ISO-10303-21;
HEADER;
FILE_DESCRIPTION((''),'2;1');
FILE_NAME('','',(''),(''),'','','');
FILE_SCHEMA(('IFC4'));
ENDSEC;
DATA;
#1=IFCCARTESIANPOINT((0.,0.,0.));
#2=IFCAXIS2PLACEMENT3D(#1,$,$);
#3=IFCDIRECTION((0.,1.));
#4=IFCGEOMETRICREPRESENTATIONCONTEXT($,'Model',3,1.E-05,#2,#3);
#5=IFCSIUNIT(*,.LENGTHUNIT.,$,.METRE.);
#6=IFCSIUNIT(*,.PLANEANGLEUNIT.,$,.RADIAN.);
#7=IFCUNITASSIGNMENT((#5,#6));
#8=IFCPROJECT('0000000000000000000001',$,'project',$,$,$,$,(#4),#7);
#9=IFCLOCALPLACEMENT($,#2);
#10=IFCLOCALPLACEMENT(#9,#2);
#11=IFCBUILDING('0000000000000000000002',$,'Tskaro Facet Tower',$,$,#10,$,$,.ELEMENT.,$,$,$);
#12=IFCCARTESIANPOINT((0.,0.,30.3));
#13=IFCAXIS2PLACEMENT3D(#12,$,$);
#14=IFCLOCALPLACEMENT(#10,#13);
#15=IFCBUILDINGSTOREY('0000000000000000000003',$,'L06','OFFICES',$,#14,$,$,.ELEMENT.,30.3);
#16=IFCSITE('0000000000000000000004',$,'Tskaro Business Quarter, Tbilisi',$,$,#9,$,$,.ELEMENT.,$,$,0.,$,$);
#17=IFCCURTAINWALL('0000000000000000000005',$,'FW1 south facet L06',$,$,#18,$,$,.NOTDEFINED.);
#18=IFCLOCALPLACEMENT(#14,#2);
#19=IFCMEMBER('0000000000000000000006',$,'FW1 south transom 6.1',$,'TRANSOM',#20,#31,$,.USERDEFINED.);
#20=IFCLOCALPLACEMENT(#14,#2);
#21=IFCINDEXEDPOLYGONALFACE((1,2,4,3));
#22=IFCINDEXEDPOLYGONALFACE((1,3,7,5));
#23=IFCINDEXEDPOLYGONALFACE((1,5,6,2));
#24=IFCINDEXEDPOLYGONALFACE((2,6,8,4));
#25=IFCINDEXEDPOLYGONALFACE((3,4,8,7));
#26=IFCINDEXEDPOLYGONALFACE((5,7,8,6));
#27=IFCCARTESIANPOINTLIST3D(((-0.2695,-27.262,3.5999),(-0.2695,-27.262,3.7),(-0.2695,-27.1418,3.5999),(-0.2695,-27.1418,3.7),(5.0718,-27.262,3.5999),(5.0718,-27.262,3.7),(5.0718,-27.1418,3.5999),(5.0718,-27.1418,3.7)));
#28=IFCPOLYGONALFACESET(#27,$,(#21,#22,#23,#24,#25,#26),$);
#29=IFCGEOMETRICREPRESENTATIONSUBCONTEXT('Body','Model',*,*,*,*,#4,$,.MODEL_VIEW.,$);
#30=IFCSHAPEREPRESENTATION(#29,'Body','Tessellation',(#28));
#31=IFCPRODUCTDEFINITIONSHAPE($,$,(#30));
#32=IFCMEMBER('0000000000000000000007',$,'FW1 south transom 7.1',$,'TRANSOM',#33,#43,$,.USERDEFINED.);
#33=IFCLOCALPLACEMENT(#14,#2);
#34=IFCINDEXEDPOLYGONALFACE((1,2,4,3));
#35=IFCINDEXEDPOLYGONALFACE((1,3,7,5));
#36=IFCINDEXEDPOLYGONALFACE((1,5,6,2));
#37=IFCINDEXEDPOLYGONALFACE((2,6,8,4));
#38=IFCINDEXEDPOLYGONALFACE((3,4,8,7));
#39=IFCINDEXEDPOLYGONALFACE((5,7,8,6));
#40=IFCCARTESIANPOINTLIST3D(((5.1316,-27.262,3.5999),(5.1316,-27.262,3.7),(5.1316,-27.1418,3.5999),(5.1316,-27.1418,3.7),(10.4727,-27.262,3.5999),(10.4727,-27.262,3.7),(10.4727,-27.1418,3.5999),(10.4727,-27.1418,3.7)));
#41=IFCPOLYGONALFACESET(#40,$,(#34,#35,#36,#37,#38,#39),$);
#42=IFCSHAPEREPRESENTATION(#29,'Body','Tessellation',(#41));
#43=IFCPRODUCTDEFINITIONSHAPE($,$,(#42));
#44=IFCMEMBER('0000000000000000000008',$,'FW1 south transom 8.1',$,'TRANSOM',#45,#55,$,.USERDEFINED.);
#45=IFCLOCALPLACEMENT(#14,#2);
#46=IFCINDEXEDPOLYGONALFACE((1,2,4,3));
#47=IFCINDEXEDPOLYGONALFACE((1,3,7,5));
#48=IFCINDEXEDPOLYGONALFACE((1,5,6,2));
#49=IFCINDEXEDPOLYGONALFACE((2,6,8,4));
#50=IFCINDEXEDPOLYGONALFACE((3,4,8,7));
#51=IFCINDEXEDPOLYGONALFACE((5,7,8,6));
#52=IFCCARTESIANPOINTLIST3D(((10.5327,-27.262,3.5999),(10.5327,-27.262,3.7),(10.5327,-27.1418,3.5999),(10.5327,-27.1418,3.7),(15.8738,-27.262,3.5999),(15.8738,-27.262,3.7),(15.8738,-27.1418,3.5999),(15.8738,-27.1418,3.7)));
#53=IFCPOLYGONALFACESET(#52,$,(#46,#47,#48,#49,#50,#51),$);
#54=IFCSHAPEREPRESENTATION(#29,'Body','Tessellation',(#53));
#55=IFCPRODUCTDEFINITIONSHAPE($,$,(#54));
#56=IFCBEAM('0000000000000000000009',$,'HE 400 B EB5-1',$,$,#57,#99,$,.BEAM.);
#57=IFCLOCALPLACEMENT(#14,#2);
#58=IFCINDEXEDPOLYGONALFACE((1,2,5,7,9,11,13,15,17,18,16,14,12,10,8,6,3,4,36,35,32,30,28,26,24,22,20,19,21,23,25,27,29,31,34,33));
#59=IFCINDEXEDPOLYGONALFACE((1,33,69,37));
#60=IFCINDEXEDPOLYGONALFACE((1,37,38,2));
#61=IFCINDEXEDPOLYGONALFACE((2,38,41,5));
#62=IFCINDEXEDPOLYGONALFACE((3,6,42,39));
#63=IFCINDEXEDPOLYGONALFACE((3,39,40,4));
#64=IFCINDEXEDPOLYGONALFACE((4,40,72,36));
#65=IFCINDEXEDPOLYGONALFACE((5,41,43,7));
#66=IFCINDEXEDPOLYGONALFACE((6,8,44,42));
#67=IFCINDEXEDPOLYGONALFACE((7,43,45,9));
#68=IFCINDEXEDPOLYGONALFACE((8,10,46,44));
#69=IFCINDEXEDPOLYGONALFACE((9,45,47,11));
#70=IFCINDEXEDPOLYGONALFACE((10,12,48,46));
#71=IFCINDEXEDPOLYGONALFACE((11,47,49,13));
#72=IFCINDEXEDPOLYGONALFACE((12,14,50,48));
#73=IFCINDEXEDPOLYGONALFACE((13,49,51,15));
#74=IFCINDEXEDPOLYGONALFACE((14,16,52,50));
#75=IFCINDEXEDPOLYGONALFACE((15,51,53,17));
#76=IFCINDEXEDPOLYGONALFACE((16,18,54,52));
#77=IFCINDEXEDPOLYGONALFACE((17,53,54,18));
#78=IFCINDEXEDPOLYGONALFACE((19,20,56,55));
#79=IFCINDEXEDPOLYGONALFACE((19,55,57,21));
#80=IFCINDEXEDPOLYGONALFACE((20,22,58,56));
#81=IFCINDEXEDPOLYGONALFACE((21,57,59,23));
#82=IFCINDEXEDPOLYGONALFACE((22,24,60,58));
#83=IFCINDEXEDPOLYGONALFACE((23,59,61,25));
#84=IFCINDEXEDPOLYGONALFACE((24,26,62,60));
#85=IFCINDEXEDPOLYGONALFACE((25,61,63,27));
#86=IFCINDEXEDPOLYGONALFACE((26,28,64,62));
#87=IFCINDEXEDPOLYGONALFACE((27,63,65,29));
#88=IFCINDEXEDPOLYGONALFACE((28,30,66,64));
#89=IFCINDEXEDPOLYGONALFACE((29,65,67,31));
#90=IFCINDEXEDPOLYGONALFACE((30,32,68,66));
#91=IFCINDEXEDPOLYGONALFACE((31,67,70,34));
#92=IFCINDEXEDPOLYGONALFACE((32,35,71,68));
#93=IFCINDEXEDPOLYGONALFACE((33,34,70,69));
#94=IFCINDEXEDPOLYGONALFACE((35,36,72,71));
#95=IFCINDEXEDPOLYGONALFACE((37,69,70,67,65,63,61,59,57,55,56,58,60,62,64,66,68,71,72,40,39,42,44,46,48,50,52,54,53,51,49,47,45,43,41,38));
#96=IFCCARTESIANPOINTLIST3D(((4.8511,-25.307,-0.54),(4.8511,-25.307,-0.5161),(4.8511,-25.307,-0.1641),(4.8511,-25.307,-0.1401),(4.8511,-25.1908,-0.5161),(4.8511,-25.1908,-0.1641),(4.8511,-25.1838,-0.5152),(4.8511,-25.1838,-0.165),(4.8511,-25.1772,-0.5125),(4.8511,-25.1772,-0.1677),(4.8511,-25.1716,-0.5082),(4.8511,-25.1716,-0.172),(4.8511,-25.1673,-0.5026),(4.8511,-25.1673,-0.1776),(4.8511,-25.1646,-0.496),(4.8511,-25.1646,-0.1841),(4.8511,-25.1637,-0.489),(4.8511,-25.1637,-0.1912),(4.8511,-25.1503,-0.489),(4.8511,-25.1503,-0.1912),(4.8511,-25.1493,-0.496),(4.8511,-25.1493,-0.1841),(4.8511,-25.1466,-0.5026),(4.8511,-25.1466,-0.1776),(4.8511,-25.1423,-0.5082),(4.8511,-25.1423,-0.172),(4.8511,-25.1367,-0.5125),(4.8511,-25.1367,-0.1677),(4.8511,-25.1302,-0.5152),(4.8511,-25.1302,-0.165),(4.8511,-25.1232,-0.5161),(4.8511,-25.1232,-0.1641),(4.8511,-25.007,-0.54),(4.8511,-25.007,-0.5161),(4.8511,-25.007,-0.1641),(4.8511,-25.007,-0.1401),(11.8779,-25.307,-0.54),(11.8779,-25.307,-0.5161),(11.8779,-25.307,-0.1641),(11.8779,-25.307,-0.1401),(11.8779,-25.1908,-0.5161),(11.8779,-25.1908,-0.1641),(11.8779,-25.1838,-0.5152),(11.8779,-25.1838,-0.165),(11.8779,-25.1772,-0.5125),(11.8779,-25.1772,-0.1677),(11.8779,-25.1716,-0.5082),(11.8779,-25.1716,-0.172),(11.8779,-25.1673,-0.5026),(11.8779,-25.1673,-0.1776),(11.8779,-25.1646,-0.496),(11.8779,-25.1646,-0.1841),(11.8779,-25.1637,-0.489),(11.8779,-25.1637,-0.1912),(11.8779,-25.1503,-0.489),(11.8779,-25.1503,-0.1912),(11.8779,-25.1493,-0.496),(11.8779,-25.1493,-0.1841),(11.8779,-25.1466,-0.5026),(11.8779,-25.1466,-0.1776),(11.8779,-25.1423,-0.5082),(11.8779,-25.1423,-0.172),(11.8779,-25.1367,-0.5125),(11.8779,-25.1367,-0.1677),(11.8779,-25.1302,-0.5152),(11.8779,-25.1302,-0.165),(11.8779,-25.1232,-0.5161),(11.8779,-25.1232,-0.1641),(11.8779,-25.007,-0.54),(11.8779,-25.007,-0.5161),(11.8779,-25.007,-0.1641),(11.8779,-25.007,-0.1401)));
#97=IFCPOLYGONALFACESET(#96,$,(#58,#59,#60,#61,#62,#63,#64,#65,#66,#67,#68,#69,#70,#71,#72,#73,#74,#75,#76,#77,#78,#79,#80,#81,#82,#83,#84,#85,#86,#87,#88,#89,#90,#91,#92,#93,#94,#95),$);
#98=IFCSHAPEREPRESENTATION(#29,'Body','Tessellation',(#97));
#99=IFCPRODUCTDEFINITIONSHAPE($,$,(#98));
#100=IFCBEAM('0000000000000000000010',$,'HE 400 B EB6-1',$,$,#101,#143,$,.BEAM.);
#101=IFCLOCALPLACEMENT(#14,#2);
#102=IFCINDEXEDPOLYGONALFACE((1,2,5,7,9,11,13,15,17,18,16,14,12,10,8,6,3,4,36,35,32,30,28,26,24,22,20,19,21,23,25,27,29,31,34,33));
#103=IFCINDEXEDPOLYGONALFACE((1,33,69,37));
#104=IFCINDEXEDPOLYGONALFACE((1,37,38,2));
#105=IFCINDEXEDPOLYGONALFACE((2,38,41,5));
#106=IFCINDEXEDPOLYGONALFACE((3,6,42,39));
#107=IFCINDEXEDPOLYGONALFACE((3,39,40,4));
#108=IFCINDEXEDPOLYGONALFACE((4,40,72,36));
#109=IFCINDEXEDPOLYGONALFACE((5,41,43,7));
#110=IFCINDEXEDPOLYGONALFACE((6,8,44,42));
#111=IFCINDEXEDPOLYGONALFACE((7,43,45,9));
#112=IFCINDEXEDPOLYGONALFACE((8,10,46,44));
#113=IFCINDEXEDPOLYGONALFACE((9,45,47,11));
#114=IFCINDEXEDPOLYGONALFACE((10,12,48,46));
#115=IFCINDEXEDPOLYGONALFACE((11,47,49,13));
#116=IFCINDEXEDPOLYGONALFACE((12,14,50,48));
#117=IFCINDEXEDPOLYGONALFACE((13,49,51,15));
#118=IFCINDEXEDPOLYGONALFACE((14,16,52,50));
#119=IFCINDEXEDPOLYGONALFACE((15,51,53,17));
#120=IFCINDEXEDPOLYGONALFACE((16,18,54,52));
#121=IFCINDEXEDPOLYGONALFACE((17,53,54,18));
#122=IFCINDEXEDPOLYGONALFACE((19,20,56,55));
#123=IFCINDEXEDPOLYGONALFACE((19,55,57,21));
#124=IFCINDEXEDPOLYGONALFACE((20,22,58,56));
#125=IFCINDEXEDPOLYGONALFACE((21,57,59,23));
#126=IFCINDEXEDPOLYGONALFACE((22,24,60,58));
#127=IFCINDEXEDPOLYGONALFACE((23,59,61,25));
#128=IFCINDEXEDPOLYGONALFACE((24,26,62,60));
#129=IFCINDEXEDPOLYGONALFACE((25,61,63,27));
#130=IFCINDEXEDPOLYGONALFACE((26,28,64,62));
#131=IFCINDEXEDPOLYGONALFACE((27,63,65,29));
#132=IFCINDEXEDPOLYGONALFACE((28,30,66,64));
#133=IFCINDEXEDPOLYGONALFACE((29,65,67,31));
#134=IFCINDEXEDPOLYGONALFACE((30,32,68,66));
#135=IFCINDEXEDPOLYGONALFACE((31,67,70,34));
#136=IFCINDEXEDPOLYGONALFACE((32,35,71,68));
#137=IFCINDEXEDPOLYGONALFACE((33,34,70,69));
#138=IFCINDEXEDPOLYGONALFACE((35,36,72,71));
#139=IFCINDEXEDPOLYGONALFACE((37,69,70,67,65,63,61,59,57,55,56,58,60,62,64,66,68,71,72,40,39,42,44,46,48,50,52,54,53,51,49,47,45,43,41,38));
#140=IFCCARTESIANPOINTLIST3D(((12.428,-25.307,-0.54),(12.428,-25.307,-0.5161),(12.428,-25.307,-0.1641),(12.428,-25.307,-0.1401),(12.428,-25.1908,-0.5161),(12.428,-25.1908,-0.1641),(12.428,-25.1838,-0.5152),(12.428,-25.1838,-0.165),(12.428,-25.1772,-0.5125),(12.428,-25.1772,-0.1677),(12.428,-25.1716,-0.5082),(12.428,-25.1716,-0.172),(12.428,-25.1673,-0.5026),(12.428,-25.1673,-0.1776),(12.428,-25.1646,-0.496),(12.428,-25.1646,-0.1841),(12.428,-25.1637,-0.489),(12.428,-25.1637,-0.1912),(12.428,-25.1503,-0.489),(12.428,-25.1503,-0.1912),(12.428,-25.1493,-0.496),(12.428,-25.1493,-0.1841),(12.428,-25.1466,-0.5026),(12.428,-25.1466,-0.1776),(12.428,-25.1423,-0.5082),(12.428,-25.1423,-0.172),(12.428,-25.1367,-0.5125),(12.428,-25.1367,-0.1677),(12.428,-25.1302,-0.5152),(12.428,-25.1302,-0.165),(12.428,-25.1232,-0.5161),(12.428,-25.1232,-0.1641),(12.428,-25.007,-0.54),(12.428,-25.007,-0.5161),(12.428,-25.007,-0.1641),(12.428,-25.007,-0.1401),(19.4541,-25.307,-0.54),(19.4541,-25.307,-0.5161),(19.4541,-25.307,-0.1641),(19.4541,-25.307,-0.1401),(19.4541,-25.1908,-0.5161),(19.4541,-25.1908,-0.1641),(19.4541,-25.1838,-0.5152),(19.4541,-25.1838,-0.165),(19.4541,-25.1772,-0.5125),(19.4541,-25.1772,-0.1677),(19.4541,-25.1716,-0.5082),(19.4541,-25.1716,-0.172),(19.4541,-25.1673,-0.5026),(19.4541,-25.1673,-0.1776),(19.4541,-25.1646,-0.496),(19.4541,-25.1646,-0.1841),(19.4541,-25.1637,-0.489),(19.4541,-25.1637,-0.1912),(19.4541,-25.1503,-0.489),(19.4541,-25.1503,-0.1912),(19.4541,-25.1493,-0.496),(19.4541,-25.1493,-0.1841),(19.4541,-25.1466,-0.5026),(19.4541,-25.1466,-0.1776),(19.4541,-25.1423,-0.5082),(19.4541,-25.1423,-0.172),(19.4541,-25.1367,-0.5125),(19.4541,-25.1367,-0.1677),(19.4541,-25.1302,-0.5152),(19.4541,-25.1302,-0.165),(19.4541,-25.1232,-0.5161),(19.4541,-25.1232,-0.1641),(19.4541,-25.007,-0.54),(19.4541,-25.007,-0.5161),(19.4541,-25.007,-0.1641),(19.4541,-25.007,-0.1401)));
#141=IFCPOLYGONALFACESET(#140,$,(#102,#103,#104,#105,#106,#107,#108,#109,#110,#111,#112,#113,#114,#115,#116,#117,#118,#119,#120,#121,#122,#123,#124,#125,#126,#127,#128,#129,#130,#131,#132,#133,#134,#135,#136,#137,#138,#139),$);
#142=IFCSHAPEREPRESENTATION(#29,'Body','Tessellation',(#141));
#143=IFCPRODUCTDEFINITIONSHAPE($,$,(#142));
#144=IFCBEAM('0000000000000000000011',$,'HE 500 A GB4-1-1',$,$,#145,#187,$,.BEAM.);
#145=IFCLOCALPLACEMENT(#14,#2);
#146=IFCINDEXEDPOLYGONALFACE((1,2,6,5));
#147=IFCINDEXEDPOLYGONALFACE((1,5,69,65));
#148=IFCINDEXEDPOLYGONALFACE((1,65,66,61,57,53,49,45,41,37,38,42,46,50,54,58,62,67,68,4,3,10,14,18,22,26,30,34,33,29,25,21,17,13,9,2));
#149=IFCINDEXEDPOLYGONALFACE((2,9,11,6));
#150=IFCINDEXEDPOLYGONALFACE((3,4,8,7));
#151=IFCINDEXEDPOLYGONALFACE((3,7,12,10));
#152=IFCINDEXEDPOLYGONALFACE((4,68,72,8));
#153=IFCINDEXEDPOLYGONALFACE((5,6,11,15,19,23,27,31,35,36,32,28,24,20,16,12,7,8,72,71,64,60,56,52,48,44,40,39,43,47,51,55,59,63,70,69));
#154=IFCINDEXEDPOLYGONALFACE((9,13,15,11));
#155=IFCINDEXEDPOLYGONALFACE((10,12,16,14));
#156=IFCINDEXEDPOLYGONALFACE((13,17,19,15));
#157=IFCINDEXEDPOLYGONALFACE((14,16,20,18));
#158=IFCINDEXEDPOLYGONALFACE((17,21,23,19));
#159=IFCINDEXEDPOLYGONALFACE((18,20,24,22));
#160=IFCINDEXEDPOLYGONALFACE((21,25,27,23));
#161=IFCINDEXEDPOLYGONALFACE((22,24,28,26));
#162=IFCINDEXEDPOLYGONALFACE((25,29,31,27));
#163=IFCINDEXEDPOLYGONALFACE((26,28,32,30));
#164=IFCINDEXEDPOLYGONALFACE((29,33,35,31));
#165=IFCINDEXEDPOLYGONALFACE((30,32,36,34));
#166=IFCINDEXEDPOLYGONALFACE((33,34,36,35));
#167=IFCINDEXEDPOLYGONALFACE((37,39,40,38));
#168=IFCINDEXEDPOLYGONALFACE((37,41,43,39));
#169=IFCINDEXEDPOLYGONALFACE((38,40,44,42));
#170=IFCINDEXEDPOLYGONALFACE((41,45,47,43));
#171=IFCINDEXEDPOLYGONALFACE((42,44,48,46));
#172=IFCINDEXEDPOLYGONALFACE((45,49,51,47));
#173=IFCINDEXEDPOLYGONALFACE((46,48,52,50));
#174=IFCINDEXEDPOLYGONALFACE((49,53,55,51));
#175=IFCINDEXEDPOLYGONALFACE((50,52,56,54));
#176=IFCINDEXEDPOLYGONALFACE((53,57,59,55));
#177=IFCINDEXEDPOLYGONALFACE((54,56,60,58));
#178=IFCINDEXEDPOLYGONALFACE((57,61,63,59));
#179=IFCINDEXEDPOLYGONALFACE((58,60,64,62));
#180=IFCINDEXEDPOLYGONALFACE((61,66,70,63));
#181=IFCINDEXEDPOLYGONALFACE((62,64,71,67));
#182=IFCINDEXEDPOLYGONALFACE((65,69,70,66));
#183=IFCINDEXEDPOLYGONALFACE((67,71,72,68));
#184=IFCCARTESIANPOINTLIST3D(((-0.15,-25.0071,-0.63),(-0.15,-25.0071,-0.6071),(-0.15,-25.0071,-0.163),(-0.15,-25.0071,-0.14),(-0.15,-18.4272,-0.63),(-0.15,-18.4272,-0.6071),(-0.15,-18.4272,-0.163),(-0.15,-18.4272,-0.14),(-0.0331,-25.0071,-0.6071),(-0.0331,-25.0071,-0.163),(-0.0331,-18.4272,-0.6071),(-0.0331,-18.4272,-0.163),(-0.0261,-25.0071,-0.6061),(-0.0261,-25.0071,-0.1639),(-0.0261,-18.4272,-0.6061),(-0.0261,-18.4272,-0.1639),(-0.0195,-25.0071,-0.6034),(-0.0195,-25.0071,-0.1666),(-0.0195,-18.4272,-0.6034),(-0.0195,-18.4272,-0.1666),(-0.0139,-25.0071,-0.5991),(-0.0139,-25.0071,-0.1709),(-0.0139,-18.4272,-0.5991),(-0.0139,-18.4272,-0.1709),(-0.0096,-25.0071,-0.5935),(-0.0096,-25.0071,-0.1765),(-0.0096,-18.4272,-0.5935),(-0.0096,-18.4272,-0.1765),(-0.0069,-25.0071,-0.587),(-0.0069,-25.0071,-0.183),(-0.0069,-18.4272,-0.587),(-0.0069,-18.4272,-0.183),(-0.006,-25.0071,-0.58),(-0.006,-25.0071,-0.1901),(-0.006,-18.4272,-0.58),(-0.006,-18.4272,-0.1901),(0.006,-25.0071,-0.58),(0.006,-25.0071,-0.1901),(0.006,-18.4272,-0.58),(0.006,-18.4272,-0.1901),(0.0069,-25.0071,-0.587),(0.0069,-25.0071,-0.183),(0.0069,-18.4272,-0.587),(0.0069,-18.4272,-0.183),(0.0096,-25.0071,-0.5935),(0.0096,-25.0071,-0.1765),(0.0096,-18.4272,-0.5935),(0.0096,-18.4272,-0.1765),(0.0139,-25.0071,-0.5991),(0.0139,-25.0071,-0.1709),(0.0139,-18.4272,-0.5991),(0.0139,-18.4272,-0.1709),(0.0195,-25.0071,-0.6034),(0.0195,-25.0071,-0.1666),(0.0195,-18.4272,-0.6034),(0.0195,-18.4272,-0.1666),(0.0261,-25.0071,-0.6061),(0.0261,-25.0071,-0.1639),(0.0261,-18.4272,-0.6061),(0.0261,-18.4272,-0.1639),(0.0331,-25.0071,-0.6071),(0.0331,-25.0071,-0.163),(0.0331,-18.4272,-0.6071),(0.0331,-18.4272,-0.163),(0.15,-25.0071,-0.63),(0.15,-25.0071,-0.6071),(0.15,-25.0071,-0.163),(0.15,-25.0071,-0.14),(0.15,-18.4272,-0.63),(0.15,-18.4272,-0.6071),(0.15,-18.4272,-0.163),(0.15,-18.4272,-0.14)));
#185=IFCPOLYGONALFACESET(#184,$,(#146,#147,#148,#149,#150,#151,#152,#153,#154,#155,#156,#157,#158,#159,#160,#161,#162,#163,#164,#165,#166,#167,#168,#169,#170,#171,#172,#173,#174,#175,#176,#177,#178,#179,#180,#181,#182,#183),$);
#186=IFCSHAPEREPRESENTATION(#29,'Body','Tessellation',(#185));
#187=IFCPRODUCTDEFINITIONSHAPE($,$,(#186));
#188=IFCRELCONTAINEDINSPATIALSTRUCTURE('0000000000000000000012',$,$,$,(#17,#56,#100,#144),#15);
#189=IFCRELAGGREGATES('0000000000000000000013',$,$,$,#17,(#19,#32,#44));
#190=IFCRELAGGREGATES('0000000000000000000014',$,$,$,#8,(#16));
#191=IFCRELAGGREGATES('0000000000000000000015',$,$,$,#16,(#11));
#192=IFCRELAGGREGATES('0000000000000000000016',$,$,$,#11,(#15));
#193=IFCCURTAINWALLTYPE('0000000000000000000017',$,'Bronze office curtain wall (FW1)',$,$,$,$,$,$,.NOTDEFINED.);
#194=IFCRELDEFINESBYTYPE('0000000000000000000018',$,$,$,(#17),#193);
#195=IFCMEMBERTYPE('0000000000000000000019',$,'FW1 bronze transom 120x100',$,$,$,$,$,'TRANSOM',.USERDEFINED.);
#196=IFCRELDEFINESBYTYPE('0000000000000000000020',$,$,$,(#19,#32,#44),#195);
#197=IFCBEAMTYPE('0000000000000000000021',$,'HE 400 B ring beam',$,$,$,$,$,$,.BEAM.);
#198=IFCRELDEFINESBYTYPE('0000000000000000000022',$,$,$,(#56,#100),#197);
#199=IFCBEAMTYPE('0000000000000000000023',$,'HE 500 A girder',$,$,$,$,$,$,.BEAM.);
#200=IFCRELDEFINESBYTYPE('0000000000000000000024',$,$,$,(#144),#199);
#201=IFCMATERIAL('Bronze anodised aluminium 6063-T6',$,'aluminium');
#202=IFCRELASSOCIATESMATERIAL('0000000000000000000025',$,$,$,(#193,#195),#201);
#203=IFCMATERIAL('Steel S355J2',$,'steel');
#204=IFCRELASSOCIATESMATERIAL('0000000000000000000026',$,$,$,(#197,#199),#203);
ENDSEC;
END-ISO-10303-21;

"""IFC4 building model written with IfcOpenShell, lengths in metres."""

from ifc_helpers import new_model, si_unit, direction, frame, origin, origin_2d, place, context, subcontext, project, spatial, rectangle, i_section, extrude, material, material_profile, profile_set, type_object, element, aggregate, save


model = new_model("IFC4")

# Units and contexts
model_context = context("Model", 3, precision=1e-05, world=origin(), true_north=direction((0.0, 1.0)))
body_context = subcontext(model_context, "Body", "Model", "MODEL_VIEW")
ifc_project = project(units=[si_unit("LENGTHUNIT", "METRE"), si_unit("PLANEANGLEUNIT", "RADIAN")], contexts=[model_context])

# Site, building, storey
site_placement = place(None, origin())
site = spatial("IfcSite", under=ifc_project, at=site_placement, Name="Tskaro Business Quarter, Tbilisi", CompositionType="ELEMENT", RefElevation=0.0)
building_placement = place(site_placement, origin())
building = spatial("IfcBuilding", under=site, at=building_placement, Name="Tskaro Facet Tower", CompositionType="ELEMENT")
storey_placement = place(building_placement, frame((0.0, 0.0, 30.3)))
storey = spatial("IfcBuildingStorey", under=building, at=storey_placement, Name="L06", Description="OFFICES", CompositionType="ELEMENT", Elevation=30.3)

# Curtain wall, members
ifc_material_1 = material(Name="Bronze anodised aluminium 6063-T6", Category="aluminium")
curtain_wall_type = type_object("IfcCurtainWallType", Name="Bronze office curtain wall (FW1)", PredefinedType="NOTDEFINED", material=ifc_material_1)
curtain_wall_placement = place(storey_placement, origin())
curtain_wall = element("IfcCurtainWall", 1, at=curtain_wall_placement, inside=storey, type_object=curtain_wall_type, Name="FW1 south facet L06", PredefinedType="NOTDEFINED")
ifc_material_profile_1 = material_profile(ifc_material_1, rectangle(XDim=0.1201, YDim=0.1001, at=origin_2d()), Name="Transom 120x100")
ifc_profile_set_1 = profile_set([ifc_material_profile_1], Name="Bronze anodised aluminium 6063-T6")
member_type_1 = type_object("IfcMemberType", Name="FW1 bronze transom 120x100", ElementType="TRANSOM", PredefinedType="USERDEFINED", material=ifc_profile_set_1)
member_1_placement = place(storey_placement, frame((-0.2695, -27.2019, 3.6499), z_axis=(1.0, 0.0, 0.0), x_axis=(0.0, 1.0, 0.0)))
member_1 = element("IfcMember", 2, at=member_1_placement, type_object=member_type_1, Name="FW1 south transom 6.1", ObjectType="TRANSOM", PredefinedType="USERDEFINED", context=body_context, shape_type="SweptSolid", body=[
    extrude(rectangle(XDim=0.1201, YDim=0.1001, at=origin_2d()), origin(), (0.0, 0.0, 1.0), 5.3413),
])
member_2_placement = place(storey_placement, frame((5.1316, -27.2019, 3.6499), z_axis=(1.0, 0.0, 0.0), x_axis=(0.0, 1.0, 0.0)))
member_2 = element("IfcMember", 3, at=member_2_placement, type_object=member_type_1, Name="FW1 south transom 7.1", ObjectType="TRANSOM", PredefinedType="USERDEFINED", context=body_context, shape_type="SweptSolid", body=[
    extrude(rectangle(XDim=0.1201, YDim=0.1001, at=origin_2d()), origin(), (0.0, 0.0, 1.0), 5.3411),
])
member_3_placement = place(storey_placement, frame((10.5327, -27.2019, 3.6499), z_axis=(1.0, 0.0, 0.0), x_axis=(0.0, 1.0, 0.0)))
member_3 = element("IfcMember", 4, at=member_3_placement, type_object=member_type_1, Name="FW1 south transom 8.1", ObjectType="TRANSOM", PredefinedType="USERDEFINED", context=body_context, shape_type="SweptSolid", body=[
    extrude(rectangle(XDim=0.1201, YDim=0.1001, at=origin_2d()), origin(), (0.0, 0.0, 1.0), 5.3411),
])

# Beams
ifc_material_2 = material(Name="Steel S355J2", Category="steel")
ifc_material_profile_2 = material_profile(ifc_material_2, i_section(OverallWidth=0.3, OverallDepth=0.3999, WebThickness=0.0134, FlangeThickness=0.0239, FilletRadius=0.0271, at=origin_2d()), Name="HE 400 B")
ifc_profile_set_2 = profile_set([ifc_material_profile_2], Name="Steel S355J2")
beam_type_1 = type_object("IfcBeamType", Name="HE 400 B ring beam", PredefinedType="BEAM", material=ifc_profile_set_2)
beam_1_placement = place(storey_placement, frame((4.8511, -25.157, -0.3401), z_axis=(1.0, 0.0, 0.0), x_axis=(0.0, 1.0, 0.0)))
element("IfcBeam", 5, at=beam_1_placement, inside=storey, type_object=beam_type_1, Name="HE 400 B EB5-1", PredefinedType="BEAM", context=body_context, shape_type="SweptSolid", body=[
    extrude(i_section(OverallWidth=0.3, OverallDepth=0.3999, WebThickness=0.0134, FlangeThickness=0.0239, FilletRadius=0.0271, at=origin_2d()), origin(), (0.0, 0.0, 1.0), 7.0269),
])
beam_2_placement = place(storey_placement, frame((12.428, -25.157, -0.3401), z_axis=(1.0, 0.0, 0.0), x_axis=(0.0, 1.0, 0.0)))
element("IfcBeam", 6, at=beam_2_placement, inside=storey, type_object=beam_type_1, Name="HE 400 B EB6-1", PredefinedType="BEAM", context=body_context, shape_type="SweptSolid", body=[
    extrude(i_section(OverallWidth=0.3, OverallDepth=0.3999, WebThickness=0.0134, FlangeThickness=0.0239, FilletRadius=0.0271, at=origin_2d()), origin(), (0.0, 0.0, 1.0), 7.0261),
])
ifc_material_profile_3 = material_profile(ifc_material_2, i_section(OverallWidth=0.3, OverallDepth=0.49, WebThickness=0.012, FlangeThickness=0.0229, FilletRadius=0.0271, at=origin_2d()), Name="HE 500 A")
ifc_profile_set_3 = profile_set([ifc_material_profile_3], Name="Steel S355J2")
beam_type_2 = type_object("IfcBeamType", Name="HE 500 A girder", PredefinedType="BEAM", material=ifc_profile_set_3)
beam_3_placement = place(storey_placement, frame((0.0, -25.0071, -0.385), z_axis=(0.0, 1.0, 0.0), x_axis=(-1.0, 0.0, 0.0)))
element("IfcBeam", 7, at=beam_3_placement, inside=storey, type_object=beam_type_2, Name="HE 500 A GB4-1-1", PredefinedType="BEAM", context=body_context, shape_type="SweptSolid", body=[
    extrude(i_section(OverallWidth=0.3, OverallDepth=0.49, WebThickness=0.012, FlangeThickness=0.0229, FilletRadius=0.0271, at=origin_2d()), origin(), (0.0, 0.0, 1.0), 6.5798),
])

aggregate(curtain_wall, [member_1, member_2, member_3])

save(model, "model.ifc")
